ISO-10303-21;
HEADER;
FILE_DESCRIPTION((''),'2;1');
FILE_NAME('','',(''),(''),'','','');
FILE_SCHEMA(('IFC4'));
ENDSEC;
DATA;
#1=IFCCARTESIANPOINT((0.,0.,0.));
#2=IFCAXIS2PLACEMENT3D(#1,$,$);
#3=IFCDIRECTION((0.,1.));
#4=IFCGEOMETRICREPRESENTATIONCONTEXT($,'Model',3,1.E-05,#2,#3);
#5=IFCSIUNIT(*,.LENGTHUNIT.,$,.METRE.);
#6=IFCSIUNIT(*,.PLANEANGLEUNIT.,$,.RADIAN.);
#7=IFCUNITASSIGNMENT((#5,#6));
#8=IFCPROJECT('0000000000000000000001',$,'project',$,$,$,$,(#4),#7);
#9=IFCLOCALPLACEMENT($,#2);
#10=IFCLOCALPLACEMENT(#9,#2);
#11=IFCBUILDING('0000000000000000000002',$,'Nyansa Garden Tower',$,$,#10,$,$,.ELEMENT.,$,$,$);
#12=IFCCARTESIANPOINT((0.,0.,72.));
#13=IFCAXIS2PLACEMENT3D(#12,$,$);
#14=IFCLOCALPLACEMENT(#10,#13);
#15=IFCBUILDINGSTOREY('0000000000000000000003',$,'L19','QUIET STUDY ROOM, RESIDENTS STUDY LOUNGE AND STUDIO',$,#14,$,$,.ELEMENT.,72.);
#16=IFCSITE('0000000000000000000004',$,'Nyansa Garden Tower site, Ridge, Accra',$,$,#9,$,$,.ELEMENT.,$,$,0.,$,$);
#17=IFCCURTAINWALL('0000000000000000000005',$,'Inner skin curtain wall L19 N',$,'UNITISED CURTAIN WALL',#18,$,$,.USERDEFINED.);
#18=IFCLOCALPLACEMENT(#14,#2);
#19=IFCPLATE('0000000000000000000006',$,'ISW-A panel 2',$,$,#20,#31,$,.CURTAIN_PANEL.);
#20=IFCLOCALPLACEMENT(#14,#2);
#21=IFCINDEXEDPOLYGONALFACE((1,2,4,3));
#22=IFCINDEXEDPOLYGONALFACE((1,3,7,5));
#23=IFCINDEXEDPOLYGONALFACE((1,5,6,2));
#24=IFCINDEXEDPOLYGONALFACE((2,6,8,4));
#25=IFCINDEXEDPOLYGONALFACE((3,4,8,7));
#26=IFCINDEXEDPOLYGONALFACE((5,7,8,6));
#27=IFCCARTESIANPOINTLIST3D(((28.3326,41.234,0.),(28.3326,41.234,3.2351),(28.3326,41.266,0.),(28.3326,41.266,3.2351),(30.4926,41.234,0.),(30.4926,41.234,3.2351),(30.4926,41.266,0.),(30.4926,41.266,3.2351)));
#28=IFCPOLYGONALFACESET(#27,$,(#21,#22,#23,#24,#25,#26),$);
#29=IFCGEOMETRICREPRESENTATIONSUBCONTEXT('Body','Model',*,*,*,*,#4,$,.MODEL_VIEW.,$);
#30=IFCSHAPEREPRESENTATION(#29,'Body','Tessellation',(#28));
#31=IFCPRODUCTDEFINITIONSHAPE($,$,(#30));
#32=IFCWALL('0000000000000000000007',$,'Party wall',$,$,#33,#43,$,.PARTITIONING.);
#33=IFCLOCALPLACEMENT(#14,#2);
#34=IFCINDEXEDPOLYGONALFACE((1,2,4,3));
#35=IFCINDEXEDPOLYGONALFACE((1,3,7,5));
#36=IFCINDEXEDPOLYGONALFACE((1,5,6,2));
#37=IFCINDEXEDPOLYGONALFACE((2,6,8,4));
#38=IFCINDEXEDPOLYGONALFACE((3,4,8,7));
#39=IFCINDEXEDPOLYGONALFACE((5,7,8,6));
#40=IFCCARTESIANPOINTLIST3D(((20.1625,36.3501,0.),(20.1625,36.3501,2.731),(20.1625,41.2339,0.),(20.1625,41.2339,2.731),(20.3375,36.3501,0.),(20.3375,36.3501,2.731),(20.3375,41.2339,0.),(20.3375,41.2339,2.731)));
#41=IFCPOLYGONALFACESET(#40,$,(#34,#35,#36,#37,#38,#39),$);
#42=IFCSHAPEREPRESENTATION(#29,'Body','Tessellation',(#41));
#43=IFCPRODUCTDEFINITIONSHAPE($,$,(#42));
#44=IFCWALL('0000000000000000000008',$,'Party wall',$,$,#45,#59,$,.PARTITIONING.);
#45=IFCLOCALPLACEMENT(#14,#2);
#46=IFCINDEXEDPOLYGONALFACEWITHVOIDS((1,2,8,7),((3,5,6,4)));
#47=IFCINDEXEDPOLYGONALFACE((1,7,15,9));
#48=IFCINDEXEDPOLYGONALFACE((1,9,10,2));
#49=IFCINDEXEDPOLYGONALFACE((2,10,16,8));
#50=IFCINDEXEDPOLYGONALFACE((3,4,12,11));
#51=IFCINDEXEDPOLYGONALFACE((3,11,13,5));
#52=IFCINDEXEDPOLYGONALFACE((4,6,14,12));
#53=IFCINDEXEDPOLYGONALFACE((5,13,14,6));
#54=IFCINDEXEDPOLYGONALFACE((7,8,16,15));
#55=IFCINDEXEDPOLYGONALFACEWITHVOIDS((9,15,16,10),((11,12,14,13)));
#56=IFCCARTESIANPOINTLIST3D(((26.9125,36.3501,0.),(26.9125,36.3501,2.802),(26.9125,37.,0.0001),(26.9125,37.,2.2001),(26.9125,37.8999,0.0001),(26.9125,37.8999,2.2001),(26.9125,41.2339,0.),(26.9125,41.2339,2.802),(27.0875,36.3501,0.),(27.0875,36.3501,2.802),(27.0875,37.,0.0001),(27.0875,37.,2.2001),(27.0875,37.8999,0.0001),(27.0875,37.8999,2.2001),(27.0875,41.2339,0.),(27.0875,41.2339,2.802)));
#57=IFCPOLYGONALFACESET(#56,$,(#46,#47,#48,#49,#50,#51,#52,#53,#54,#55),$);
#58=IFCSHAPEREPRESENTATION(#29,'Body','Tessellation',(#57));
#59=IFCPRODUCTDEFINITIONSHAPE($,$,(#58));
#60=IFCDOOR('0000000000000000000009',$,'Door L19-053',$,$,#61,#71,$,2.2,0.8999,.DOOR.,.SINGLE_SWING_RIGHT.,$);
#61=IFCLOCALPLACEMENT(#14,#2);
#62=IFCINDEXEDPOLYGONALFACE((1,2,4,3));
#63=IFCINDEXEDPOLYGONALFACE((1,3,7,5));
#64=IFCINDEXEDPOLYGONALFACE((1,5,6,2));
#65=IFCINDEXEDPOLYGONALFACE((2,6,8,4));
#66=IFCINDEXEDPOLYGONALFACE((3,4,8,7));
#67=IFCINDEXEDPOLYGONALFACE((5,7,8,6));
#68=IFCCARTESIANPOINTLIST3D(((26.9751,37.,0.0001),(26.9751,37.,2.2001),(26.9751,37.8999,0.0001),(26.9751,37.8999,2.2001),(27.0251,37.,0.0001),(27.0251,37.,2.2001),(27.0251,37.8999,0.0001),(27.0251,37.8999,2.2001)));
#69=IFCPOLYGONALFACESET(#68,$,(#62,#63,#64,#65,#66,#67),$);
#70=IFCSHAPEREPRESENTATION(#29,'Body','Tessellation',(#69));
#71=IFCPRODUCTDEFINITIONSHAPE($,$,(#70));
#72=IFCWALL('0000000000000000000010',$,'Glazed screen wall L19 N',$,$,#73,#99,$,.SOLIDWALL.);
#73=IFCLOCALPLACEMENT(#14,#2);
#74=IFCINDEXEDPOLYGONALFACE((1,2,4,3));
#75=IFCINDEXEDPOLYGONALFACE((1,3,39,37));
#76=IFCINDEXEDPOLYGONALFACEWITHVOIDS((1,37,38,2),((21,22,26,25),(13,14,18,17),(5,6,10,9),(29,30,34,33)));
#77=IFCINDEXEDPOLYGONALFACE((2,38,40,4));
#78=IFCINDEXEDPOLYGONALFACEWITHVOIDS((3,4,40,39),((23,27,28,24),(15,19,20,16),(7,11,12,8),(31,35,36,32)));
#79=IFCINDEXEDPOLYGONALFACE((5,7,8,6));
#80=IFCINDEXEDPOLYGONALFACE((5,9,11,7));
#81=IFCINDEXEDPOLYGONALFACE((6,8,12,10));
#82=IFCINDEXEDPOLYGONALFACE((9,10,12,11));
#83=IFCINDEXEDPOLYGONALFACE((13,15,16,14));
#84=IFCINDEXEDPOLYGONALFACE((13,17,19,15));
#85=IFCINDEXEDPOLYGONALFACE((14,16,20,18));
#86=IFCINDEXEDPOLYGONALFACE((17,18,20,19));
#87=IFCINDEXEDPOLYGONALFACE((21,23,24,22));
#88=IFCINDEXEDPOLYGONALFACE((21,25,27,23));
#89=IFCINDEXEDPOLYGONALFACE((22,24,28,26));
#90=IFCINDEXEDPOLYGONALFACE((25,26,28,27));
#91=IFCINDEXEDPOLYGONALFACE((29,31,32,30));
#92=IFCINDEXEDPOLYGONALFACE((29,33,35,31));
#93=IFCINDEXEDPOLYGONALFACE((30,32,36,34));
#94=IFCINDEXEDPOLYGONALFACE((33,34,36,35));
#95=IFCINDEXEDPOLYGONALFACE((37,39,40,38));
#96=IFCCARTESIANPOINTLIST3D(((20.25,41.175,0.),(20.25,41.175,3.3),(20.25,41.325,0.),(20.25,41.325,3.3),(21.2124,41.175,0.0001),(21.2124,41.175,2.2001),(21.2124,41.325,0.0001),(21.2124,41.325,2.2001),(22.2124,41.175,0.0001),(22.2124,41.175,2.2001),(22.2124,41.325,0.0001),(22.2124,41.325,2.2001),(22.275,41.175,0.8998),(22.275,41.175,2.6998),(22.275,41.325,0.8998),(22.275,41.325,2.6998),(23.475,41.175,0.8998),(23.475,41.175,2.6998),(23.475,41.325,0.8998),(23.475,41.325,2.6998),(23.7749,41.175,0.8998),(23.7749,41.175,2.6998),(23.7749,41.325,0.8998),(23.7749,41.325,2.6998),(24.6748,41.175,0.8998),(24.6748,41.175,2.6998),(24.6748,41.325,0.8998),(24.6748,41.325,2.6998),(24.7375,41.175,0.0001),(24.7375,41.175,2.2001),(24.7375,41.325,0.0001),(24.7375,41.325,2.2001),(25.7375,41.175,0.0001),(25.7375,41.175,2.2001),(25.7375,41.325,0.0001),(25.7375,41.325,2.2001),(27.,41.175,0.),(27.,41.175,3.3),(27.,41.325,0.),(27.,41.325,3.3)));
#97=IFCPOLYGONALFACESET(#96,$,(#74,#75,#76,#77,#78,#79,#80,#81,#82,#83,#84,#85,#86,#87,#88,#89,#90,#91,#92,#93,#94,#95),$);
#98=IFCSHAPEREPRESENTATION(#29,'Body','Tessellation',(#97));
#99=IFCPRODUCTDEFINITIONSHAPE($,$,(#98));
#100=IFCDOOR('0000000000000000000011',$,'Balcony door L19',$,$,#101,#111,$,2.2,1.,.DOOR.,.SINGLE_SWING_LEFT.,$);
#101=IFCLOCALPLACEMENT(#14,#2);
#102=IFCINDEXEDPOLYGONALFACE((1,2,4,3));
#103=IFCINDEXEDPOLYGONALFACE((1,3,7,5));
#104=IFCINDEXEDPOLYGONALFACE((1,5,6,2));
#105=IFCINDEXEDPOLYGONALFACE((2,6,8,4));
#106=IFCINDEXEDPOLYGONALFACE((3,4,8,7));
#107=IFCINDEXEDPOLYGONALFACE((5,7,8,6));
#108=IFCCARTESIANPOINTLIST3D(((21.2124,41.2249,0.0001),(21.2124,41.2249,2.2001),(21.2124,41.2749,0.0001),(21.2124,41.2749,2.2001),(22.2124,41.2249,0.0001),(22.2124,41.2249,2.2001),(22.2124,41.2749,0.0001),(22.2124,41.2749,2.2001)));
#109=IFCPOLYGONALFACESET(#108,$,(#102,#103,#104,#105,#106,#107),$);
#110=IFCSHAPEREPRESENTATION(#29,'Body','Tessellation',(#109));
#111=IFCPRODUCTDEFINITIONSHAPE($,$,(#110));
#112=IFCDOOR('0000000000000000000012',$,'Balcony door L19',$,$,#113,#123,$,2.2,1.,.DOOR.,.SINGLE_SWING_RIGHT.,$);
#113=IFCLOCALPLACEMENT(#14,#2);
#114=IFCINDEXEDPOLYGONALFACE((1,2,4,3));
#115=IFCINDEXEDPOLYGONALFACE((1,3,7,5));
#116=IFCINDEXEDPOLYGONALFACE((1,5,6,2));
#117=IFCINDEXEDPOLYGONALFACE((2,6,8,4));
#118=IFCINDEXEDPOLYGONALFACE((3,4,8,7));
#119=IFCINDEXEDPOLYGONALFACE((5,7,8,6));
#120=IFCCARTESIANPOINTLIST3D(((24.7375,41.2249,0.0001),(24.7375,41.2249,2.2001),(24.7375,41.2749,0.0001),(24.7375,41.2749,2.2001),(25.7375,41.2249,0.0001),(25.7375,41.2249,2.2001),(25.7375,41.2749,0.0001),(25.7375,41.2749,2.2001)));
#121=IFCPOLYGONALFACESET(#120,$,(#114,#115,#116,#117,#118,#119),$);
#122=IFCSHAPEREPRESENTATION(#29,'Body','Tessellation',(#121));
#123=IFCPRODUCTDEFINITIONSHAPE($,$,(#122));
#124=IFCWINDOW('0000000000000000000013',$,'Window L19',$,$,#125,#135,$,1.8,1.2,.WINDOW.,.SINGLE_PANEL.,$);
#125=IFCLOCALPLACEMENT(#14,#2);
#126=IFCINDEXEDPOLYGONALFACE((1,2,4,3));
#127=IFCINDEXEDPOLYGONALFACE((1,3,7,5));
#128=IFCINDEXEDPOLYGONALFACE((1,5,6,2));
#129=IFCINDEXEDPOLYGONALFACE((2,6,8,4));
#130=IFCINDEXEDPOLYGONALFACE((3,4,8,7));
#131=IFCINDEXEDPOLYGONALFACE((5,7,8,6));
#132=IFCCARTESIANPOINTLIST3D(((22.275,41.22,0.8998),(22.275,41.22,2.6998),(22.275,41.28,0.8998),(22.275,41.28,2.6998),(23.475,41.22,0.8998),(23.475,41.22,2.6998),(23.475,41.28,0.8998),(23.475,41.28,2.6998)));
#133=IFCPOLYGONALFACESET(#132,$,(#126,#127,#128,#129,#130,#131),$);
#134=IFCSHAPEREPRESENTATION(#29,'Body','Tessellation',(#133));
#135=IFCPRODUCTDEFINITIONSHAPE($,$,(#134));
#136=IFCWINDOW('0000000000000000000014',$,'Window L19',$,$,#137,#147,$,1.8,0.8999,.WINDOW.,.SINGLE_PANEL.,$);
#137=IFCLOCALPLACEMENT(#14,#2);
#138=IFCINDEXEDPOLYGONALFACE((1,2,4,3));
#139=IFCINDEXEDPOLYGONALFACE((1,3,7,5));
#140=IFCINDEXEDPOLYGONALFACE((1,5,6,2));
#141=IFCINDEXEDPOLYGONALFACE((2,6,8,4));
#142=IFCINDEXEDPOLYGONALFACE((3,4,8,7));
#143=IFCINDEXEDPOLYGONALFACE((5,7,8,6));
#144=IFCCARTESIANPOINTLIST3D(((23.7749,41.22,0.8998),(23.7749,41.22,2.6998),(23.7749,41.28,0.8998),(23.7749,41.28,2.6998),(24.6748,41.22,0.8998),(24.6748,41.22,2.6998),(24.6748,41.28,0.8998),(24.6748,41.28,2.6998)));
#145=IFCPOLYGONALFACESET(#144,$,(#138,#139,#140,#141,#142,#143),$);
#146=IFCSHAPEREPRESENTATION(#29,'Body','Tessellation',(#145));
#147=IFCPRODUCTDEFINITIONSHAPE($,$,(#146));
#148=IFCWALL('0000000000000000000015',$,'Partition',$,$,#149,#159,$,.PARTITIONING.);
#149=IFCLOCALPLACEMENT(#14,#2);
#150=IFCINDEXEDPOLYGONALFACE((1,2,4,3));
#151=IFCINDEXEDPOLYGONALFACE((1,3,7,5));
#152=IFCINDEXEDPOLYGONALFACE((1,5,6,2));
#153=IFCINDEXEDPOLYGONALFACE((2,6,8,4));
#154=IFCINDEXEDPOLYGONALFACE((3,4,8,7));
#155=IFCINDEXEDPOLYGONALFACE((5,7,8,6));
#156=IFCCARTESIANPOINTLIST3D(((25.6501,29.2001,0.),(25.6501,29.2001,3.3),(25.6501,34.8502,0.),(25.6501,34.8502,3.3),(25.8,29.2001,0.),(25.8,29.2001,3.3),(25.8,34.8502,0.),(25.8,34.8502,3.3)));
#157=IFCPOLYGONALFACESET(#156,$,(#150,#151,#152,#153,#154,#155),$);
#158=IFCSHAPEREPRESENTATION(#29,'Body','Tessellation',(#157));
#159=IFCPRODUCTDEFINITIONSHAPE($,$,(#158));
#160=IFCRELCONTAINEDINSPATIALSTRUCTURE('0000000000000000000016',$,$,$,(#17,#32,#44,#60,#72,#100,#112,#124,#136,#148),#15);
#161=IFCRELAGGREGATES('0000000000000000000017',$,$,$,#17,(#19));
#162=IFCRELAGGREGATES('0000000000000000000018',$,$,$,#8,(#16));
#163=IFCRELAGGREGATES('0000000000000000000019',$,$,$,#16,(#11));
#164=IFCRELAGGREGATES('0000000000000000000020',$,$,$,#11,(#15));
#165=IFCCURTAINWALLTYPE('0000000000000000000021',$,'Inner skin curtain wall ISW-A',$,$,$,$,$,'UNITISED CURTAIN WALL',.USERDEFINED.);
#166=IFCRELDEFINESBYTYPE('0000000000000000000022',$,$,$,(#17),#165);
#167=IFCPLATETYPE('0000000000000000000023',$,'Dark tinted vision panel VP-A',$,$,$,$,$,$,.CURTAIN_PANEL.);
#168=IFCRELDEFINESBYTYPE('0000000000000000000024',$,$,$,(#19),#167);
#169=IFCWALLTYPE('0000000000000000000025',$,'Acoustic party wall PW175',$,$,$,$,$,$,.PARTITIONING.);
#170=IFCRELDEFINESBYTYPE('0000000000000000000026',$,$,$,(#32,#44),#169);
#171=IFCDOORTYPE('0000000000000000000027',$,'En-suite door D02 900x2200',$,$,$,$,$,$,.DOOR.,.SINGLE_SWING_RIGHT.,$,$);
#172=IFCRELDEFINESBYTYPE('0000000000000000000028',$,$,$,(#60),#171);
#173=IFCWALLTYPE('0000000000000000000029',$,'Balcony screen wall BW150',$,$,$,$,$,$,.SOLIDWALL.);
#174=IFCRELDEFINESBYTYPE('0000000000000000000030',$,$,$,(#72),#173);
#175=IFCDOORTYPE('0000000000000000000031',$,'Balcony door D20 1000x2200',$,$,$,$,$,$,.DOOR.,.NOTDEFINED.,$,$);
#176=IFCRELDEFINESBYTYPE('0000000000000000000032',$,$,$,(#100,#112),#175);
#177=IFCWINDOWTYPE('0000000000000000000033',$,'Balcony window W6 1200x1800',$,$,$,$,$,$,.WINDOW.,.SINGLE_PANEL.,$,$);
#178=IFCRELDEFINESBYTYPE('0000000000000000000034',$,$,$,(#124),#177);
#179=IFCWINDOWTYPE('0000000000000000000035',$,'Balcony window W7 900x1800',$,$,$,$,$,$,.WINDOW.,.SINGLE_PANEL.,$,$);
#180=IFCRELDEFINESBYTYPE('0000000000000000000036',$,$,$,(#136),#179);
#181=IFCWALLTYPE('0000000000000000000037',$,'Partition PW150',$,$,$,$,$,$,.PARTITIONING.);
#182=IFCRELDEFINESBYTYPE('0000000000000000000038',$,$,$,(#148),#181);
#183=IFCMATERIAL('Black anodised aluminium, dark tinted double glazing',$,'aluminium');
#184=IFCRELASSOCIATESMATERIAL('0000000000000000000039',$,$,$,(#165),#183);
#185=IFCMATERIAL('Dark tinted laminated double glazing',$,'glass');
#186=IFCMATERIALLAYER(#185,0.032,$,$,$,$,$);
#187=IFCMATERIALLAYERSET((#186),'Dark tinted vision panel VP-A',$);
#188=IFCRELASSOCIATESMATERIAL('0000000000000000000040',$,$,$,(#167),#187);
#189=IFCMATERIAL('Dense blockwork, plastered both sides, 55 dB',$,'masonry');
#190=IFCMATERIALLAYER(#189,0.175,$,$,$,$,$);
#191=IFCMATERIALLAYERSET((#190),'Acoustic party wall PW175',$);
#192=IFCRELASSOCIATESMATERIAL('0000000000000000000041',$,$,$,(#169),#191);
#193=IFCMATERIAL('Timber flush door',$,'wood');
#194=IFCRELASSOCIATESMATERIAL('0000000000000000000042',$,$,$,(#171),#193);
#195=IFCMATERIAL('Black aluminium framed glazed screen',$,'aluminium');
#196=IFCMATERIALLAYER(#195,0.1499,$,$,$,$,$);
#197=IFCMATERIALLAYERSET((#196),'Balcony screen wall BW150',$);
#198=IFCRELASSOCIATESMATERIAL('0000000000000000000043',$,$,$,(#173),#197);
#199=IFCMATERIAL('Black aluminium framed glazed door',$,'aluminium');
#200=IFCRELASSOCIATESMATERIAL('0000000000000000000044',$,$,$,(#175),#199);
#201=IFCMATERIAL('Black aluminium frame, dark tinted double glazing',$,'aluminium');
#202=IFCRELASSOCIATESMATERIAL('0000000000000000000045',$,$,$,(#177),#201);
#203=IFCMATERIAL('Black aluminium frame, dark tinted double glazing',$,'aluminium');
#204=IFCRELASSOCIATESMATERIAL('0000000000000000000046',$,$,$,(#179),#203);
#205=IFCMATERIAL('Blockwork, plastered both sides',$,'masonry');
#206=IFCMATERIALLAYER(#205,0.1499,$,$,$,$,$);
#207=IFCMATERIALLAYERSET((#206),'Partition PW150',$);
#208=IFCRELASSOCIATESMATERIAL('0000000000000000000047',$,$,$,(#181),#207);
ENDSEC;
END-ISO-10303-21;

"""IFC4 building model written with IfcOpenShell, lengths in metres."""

from ifc_helpers import new_model, si_unit, direction, frame, frame_2d, origin, origin_2d, place, context, subcontext, project, spatial, rectangle, extrude, material, layer, layer_set, type_object, element, fill, aggregate, save


model = new_model("IFC4")

# Units and contexts
model_context = context("Model", 3, precision=1e-05, world=origin(), true_north=direction((0.0, 1.0)))
body_context = subcontext(model_context, "Body", "Model", "MODEL_VIEW")
ifc_project = project(units=[si_unit("LENGTHUNIT", "METRE"), si_unit("PLANEANGLEUNIT", "RADIAN")], contexts=[model_context])

# Site, building, storey
site_placement = place(None, origin())
site = spatial("IfcSite", under=ifc_project, at=site_placement, Name="Nyansa Garden Tower site, Ridge, Accra", CompositionType="ELEMENT", RefElevation=0.0)
building_placement = place(site_placement, origin())
building = spatial("IfcBuilding", under=site, at=building_placement, Name="Nyansa Garden Tower", CompositionType="ELEMENT")
storey_placement = place(building_placement, frame((0.0, 0.0, 72.0)))
storey = spatial("IfcBuildingStorey", under=building, at=storey_placement, Name="L19", Description="QUIET STUDY ROOM, RESIDENTS STUDY LOUNGE AND STUDIO", CompositionType="ELEMENT", Elevation=72.0)

# Curtain wall
ifc_material_1 = material(Name="Black anodised aluminium, dark tinted double glazing", Category="aluminium")
curtain_wall_type = type_object("IfcCurtainWallType", Name="Inner skin curtain wall ISW-A", ElementType="UNITISED CURTAIN WALL", PredefinedType="USERDEFINED", material=ifc_material_1)
curtain_wall_placement = place(storey_placement, origin())
curtain_wall = element("IfcCurtainWall", 1, at=curtain_wall_placement, inside=storey, type_object=curtain_wall_type, Name="Inner skin curtain wall L19 N", ObjectType="UNITISED CURTAIN WALL", PredefinedType="USERDEFINED")

# Plate
ifc_material_2 = material(Name="Dark tinted laminated double glazing", Category="glass")
ifc_layer_1 = layer(ifc_material_2, 0.032)
ifc_layer_set_1 = layer_set([ifc_layer_1], Name="Dark tinted vision panel VP-A")
plate_type = type_object("IfcPlateType", Name="Dark tinted vision panel VP-A", PredefinedType="CURTAIN_PANEL", material=ifc_layer_set_1)
plate_placement = place(storey_placement, frame((29.4126, 41.25, 0.0), z_axis=(0.0, 0.0, 1.0), x_axis=(-1.0, 0.0, 0.0)))
plate = element("IfcPlate", 2, at=plate_placement, type_object=plate_type, Name="ISW-A panel 2", PredefinedType="CURTAIN_PANEL", context=body_context, shape_type="SweptSolid", body=[
    extrude(rectangle(XDim=2.1599, YDim=0.032, at=origin_2d()), origin(), (0.0, 0.0, 1.0), 3.2351),
])
aggregate(curtain_wall, [plate])

# Wall
ifc_material_3 = material(Name="Dense blockwork, plastered both sides, 55 dB", Category="masonry")
ifc_layer_2 = layer(ifc_material_3, 0.175)
ifc_layer_set_2 = layer_set([ifc_layer_2], Name="Acoustic party wall PW175")
wall_type_1 = type_object("IfcWallType", Name="Acoustic party wall PW175", PredefinedType="PARTITIONING", material=ifc_layer_set_2)
wall_1_placement = place(storey_placement, frame((20.25, 36.3501, 0.0), z_axis=(0.0, 0.0, 1.0), x_axis=(0.0, 1.0, 0.0)))
element("IfcWall", 3, at=wall_1_placement, inside=storey, type_object=wall_type_1, Name="Party wall", PredefinedType="PARTITIONING", context=body_context, shape_type="SweptSolid", body=[
    extrude(rectangle(XDim=4.8838, YDim=0.175, at=frame_2d((2.4419, 0.0))), origin(), (0.0, 0.0, 1.0), 2.731),
])

# Wall, opening, door
wall_2_placement = place(storey_placement, frame((27.0, 36.3501, 0.0), z_axis=(0.0, 0.0, 1.0), x_axis=(0.0, 1.0, 0.0)))
wall_2 = element("IfcWall", 4, at=wall_2_placement, inside=storey, type_object=wall_type_1, Name="Party wall", PredefinedType="PARTITIONING", context=body_context, shape_type="SweptSolid", body=[
    extrude(rectangle(XDim=4.8838, YDim=0.175, at=frame_2d((2.4419, 0.0))), origin(), (0.0, 0.0, 1.0), 2.802),
])
opening_1_placement = place(wall_2_placement, frame((0.6499, 0.0, 0.0)))
opening_1 = element("IfcOpeningElement", 5, at=opening_1_placement, cuts=wall_2, PredefinedType="OPENING", context=body_context, shape_type="SweptSolid", body=[
    extrude(rectangle(XDim=0.8999, YDim=2.2, at=frame_2d((0.45, 1.1001))), frame((0.0, 0.0974, 0.0), z_axis=(0.0, -1.0, 0.0), x_axis=(1.0, 0.0, 0.0)), (0.0, 0.0, 1.0), 0.1951),
])
ifc_material_4 = material(Name="Timber flush door", Category="wood")
door_type_1 = type_object("IfcDoorType", Name="En-suite door D02 900x2200", OperationType="SINGLE_SWING_RIGHT", PredefinedType="DOOR", material=ifc_material_4)
door_1_placement = place(opening_1_placement, origin())
door_1 = element("IfcDoor", 6, at=door_1_placement, inside=storey, type_object=door_type_1, Name="Door L19-053", OperationType="SINGLE_SWING_RIGHT", OverallHeight=2.2, OverallWidth=0.8999, PredefinedType="DOOR", context=body_context, shape_type="SweptSolid", body=[
    extrude(rectangle(XDim=0.8999, YDim=2.2, at=frame_2d((0.45, 1.1001))), frame((0.0, 0.0249, 0.0), z_axis=(0.0, -1.0, 0.0), x_axis=(1.0, 0.0, 0.0)), (0.0, 0.0, 1.0), 0.05),
])
fill(opening_1, door_1)

# Wall, openings, doors, windows
ifc_material_5 = material(Name="Black aluminium framed glazed screen", Category="aluminium")
ifc_layer_3 = layer(ifc_material_5, 0.1499)
ifc_layer_set_3 = layer_set([ifc_layer_3], Name="Balcony screen wall BW150")
wall_type_2 = type_object("IfcWallType", Name="Balcony screen wall BW150", PredefinedType="SOLIDWALL", material=ifc_layer_set_3)
wall_3_placement = place(storey_placement, frame((20.25, 41.25, 0.0), z_axis=(0.0, 0.0, 1.0), x_axis=(1.0, 0.0, 0.0)))
wall_3 = element("IfcWall", 7, at=wall_3_placement, inside=storey, type_object=wall_type_2, Name="Glazed screen wall L19 N", PredefinedType="SOLIDWALL", context=body_context, shape_type="SweptSolid", body=[
    extrude(rectangle(XDim=6.75, YDim=0.1499, at=frame_2d((3.375, 0.0))), origin(), (0.0, 0.0, 1.0), 3.3),
])
opening_2_placement = place(wall_3_placement, frame((0.9624, 0.0, 0.0)))
opening_2 = element("IfcOpeningElement", 8, at=opening_2_placement, cuts=wall_3, PredefinedType="OPENING", context=body_context, shape_type="SweptSolid", body=[
    extrude(rectangle(XDim=1.0, YDim=2.2, at=frame_2d((0.5, 1.1001))), frame((0.0, 0.085, 0.0), z_axis=(0.0, -1.0, 0.0), x_axis=(1.0, 0.0, 0.0)), (0.0, 0.0, 1.0), 0.1699),
])
opening_3_placement = place(wall_3_placement, frame((2.0249, 0.0, 0.8999)))
opening_3 = element("IfcOpeningElement", 9, at=opening_3_placement, cuts=wall_3, PredefinedType="OPENING", context=body_context, shape_type="SweptSolid", body=[
    extrude(rectangle(XDim=1.2, YDim=1.8, at=frame_2d((0.6001, 0.8999))), frame((0.0, 0.085, 0.0), z_axis=(0.0, -1.0, 0.0), x_axis=(1.0, 0.0, 0.0)), (0.0, 0.0, 1.0), 0.1699),
])
opening_4_placement = place(wall_3_placement, frame((4.4875, 0.0, 0.0)))
opening_4 = element("IfcOpeningElement", 10, at=opening_4_placement, cuts=wall_3, PredefinedType="OPENING", context=body_context, shape_type="SweptSolid", body=[
    extrude(rectangle(XDim=1.0, YDim=2.2, at=frame_2d((0.5, 1.1001))), frame((0.0, 0.085, 0.0), z_axis=(0.0, -1.0, 0.0), x_axis=(1.0, 0.0, 0.0)), (0.0, 0.0, 1.0), 0.1699),
])
opening_5_placement = place(wall_3_placement, frame((3.5249, 0.0, 0.8999)))
opening_5 = element("IfcOpeningElement", 11, at=opening_5_placement, cuts=wall_3, PredefinedType="OPENING", context=body_context, shape_type="SweptSolid", body=[
    extrude(rectangle(XDim=0.8999, YDim=1.8, at=frame_2d((0.45, 0.8999))), frame((0.0, 0.085, 0.0), z_axis=(0.0, -1.0, 0.0), x_axis=(1.0, 0.0, 0.0)), (0.0, 0.0, 1.0), 0.1699),
])
ifc_material_6 = material(Name="Black aluminium framed glazed door", Category="aluminium")
door_type_2 = type_object("IfcDoorType", Name="Balcony door D20 1000x2200", OperationType="NOTDEFINED", PredefinedType="DOOR", material=ifc_material_6)
door_2_placement = place(opening_2_placement, origin())
door_2 = element("IfcDoor", 12, at=door_2_placement, inside=storey, type_object=door_type_2, Name="Balcony door L19", OperationType="SINGLE_SWING_LEFT", OverallHeight=2.2, OverallWidth=1.0, PredefinedType="DOOR", context=body_context, shape_type="SweptSolid", body=[
    extrude(rectangle(XDim=1.0, YDim=2.2, at=frame_2d((0.5, 1.1001))), frame((0.0, 0.0249, 0.0), z_axis=(0.0, -1.0, 0.0), x_axis=(1.0, 0.0, 0.0)), (0.0, 0.0, 1.0), 0.05),
])
fill(opening_2, door_2)
door_3_placement = place(opening_4_placement, origin())
door_3 = element("IfcDoor", 13, at=door_3_placement, inside=storey, type_object=door_type_2, Name="Balcony door L19", OperationType="SINGLE_SWING_RIGHT", OverallHeight=2.2, OverallWidth=1.0, PredefinedType="DOOR", context=body_context, shape_type="SweptSolid", body=[
    extrude(rectangle(XDim=1.0, YDim=2.2, at=frame_2d((0.5, 1.1001))), frame((0.0, 0.0249, 0.0), z_axis=(0.0, -1.0, 0.0), x_axis=(1.0, 0.0, 0.0)), (0.0, 0.0, 1.0), 0.05),
])
fill(opening_4, door_3)
ifc_material_7 = material(Name="Black aluminium frame, dark tinted double glazing", Category="aluminium")
window_type_1 = type_object("IfcWindowType", Name="Balcony window W6 1200x1800", PartitioningType="SINGLE_PANEL", PredefinedType="WINDOW", material=ifc_material_7)
window_1_placement = place(opening_3_placement, origin())
window_1 = element("IfcWindow", 14, at=window_1_placement, inside=storey, type_object=window_type_1, Name="Window L19", OverallHeight=1.8, OverallWidth=1.2, PartitioningType="SINGLE_PANEL", PredefinedType="WINDOW", context=body_context, shape_type="SweptSolid", body=[
    extrude(rectangle(XDim=1.2, YDim=1.8, at=frame_2d((0.6001, 0.8999))), frame((0.0, 0.03, 0.0), z_axis=(0.0, -1.0, 0.0), x_axis=(1.0, 0.0, 0.0)), (0.0, 0.0, 1.0), 0.0601),
])
fill(opening_3, window_1)
ifc_material_8 = material(Name="Black aluminium frame, dark tinted double glazing", Category="aluminium")
window_type_2 = type_object("IfcWindowType", Name="Balcony window W7 900x1800", PartitioningType="SINGLE_PANEL", PredefinedType="WINDOW", material=ifc_material_8)
window_2_placement = place(opening_5_placement, origin())
window_2 = element("IfcWindow", 15, at=window_2_placement, inside=storey, type_object=window_type_2, Name="Window L19", OverallHeight=1.8, OverallWidth=0.8999, PartitioningType="SINGLE_PANEL", PredefinedType="WINDOW", context=body_context, shape_type="SweptSolid", body=[
    extrude(rectangle(XDim=0.8999, YDim=1.8, at=frame_2d((0.45, 0.8999))), frame((0.0, 0.03, 0.0), z_axis=(0.0, -1.0, 0.0), x_axis=(1.0, 0.0, 0.0)), (0.0, 0.0, 1.0), 0.0601),
])
fill(opening_5, window_2)

# Wall
ifc_material_9 = material(Name="Blockwork, plastered both sides", Category="masonry")
ifc_layer_4 = layer(ifc_material_9, 0.1499)
ifc_layer_set_4 = layer_set([ifc_layer_4], Name="Partition PW150")
wall_type_3 = type_object("IfcWallType", Name="Partition PW150", PredefinedType="PARTITIONING", material=ifc_layer_set_4)
wall_4_placement = place(storey_placement, frame((25.7251, 29.2, 0.0), z_axis=(0.0, 0.0, 1.0), x_axis=(0.0, 1.0, 0.0)))
element("IfcWall", 16, at=wall_4_placement, inside=storey, type_object=wall_type_3, Name="Partition", PredefinedType="PARTITIONING", context=body_context, shape_type="SweptSolid", body=[
    extrude(rectangle(XDim=5.6501, YDim=0.1499, at=frame_2d((2.8252, 0.0))), origin(), (0.0, 0.0, 1.0), 3.3),
])

save(model, "model.ifc")
